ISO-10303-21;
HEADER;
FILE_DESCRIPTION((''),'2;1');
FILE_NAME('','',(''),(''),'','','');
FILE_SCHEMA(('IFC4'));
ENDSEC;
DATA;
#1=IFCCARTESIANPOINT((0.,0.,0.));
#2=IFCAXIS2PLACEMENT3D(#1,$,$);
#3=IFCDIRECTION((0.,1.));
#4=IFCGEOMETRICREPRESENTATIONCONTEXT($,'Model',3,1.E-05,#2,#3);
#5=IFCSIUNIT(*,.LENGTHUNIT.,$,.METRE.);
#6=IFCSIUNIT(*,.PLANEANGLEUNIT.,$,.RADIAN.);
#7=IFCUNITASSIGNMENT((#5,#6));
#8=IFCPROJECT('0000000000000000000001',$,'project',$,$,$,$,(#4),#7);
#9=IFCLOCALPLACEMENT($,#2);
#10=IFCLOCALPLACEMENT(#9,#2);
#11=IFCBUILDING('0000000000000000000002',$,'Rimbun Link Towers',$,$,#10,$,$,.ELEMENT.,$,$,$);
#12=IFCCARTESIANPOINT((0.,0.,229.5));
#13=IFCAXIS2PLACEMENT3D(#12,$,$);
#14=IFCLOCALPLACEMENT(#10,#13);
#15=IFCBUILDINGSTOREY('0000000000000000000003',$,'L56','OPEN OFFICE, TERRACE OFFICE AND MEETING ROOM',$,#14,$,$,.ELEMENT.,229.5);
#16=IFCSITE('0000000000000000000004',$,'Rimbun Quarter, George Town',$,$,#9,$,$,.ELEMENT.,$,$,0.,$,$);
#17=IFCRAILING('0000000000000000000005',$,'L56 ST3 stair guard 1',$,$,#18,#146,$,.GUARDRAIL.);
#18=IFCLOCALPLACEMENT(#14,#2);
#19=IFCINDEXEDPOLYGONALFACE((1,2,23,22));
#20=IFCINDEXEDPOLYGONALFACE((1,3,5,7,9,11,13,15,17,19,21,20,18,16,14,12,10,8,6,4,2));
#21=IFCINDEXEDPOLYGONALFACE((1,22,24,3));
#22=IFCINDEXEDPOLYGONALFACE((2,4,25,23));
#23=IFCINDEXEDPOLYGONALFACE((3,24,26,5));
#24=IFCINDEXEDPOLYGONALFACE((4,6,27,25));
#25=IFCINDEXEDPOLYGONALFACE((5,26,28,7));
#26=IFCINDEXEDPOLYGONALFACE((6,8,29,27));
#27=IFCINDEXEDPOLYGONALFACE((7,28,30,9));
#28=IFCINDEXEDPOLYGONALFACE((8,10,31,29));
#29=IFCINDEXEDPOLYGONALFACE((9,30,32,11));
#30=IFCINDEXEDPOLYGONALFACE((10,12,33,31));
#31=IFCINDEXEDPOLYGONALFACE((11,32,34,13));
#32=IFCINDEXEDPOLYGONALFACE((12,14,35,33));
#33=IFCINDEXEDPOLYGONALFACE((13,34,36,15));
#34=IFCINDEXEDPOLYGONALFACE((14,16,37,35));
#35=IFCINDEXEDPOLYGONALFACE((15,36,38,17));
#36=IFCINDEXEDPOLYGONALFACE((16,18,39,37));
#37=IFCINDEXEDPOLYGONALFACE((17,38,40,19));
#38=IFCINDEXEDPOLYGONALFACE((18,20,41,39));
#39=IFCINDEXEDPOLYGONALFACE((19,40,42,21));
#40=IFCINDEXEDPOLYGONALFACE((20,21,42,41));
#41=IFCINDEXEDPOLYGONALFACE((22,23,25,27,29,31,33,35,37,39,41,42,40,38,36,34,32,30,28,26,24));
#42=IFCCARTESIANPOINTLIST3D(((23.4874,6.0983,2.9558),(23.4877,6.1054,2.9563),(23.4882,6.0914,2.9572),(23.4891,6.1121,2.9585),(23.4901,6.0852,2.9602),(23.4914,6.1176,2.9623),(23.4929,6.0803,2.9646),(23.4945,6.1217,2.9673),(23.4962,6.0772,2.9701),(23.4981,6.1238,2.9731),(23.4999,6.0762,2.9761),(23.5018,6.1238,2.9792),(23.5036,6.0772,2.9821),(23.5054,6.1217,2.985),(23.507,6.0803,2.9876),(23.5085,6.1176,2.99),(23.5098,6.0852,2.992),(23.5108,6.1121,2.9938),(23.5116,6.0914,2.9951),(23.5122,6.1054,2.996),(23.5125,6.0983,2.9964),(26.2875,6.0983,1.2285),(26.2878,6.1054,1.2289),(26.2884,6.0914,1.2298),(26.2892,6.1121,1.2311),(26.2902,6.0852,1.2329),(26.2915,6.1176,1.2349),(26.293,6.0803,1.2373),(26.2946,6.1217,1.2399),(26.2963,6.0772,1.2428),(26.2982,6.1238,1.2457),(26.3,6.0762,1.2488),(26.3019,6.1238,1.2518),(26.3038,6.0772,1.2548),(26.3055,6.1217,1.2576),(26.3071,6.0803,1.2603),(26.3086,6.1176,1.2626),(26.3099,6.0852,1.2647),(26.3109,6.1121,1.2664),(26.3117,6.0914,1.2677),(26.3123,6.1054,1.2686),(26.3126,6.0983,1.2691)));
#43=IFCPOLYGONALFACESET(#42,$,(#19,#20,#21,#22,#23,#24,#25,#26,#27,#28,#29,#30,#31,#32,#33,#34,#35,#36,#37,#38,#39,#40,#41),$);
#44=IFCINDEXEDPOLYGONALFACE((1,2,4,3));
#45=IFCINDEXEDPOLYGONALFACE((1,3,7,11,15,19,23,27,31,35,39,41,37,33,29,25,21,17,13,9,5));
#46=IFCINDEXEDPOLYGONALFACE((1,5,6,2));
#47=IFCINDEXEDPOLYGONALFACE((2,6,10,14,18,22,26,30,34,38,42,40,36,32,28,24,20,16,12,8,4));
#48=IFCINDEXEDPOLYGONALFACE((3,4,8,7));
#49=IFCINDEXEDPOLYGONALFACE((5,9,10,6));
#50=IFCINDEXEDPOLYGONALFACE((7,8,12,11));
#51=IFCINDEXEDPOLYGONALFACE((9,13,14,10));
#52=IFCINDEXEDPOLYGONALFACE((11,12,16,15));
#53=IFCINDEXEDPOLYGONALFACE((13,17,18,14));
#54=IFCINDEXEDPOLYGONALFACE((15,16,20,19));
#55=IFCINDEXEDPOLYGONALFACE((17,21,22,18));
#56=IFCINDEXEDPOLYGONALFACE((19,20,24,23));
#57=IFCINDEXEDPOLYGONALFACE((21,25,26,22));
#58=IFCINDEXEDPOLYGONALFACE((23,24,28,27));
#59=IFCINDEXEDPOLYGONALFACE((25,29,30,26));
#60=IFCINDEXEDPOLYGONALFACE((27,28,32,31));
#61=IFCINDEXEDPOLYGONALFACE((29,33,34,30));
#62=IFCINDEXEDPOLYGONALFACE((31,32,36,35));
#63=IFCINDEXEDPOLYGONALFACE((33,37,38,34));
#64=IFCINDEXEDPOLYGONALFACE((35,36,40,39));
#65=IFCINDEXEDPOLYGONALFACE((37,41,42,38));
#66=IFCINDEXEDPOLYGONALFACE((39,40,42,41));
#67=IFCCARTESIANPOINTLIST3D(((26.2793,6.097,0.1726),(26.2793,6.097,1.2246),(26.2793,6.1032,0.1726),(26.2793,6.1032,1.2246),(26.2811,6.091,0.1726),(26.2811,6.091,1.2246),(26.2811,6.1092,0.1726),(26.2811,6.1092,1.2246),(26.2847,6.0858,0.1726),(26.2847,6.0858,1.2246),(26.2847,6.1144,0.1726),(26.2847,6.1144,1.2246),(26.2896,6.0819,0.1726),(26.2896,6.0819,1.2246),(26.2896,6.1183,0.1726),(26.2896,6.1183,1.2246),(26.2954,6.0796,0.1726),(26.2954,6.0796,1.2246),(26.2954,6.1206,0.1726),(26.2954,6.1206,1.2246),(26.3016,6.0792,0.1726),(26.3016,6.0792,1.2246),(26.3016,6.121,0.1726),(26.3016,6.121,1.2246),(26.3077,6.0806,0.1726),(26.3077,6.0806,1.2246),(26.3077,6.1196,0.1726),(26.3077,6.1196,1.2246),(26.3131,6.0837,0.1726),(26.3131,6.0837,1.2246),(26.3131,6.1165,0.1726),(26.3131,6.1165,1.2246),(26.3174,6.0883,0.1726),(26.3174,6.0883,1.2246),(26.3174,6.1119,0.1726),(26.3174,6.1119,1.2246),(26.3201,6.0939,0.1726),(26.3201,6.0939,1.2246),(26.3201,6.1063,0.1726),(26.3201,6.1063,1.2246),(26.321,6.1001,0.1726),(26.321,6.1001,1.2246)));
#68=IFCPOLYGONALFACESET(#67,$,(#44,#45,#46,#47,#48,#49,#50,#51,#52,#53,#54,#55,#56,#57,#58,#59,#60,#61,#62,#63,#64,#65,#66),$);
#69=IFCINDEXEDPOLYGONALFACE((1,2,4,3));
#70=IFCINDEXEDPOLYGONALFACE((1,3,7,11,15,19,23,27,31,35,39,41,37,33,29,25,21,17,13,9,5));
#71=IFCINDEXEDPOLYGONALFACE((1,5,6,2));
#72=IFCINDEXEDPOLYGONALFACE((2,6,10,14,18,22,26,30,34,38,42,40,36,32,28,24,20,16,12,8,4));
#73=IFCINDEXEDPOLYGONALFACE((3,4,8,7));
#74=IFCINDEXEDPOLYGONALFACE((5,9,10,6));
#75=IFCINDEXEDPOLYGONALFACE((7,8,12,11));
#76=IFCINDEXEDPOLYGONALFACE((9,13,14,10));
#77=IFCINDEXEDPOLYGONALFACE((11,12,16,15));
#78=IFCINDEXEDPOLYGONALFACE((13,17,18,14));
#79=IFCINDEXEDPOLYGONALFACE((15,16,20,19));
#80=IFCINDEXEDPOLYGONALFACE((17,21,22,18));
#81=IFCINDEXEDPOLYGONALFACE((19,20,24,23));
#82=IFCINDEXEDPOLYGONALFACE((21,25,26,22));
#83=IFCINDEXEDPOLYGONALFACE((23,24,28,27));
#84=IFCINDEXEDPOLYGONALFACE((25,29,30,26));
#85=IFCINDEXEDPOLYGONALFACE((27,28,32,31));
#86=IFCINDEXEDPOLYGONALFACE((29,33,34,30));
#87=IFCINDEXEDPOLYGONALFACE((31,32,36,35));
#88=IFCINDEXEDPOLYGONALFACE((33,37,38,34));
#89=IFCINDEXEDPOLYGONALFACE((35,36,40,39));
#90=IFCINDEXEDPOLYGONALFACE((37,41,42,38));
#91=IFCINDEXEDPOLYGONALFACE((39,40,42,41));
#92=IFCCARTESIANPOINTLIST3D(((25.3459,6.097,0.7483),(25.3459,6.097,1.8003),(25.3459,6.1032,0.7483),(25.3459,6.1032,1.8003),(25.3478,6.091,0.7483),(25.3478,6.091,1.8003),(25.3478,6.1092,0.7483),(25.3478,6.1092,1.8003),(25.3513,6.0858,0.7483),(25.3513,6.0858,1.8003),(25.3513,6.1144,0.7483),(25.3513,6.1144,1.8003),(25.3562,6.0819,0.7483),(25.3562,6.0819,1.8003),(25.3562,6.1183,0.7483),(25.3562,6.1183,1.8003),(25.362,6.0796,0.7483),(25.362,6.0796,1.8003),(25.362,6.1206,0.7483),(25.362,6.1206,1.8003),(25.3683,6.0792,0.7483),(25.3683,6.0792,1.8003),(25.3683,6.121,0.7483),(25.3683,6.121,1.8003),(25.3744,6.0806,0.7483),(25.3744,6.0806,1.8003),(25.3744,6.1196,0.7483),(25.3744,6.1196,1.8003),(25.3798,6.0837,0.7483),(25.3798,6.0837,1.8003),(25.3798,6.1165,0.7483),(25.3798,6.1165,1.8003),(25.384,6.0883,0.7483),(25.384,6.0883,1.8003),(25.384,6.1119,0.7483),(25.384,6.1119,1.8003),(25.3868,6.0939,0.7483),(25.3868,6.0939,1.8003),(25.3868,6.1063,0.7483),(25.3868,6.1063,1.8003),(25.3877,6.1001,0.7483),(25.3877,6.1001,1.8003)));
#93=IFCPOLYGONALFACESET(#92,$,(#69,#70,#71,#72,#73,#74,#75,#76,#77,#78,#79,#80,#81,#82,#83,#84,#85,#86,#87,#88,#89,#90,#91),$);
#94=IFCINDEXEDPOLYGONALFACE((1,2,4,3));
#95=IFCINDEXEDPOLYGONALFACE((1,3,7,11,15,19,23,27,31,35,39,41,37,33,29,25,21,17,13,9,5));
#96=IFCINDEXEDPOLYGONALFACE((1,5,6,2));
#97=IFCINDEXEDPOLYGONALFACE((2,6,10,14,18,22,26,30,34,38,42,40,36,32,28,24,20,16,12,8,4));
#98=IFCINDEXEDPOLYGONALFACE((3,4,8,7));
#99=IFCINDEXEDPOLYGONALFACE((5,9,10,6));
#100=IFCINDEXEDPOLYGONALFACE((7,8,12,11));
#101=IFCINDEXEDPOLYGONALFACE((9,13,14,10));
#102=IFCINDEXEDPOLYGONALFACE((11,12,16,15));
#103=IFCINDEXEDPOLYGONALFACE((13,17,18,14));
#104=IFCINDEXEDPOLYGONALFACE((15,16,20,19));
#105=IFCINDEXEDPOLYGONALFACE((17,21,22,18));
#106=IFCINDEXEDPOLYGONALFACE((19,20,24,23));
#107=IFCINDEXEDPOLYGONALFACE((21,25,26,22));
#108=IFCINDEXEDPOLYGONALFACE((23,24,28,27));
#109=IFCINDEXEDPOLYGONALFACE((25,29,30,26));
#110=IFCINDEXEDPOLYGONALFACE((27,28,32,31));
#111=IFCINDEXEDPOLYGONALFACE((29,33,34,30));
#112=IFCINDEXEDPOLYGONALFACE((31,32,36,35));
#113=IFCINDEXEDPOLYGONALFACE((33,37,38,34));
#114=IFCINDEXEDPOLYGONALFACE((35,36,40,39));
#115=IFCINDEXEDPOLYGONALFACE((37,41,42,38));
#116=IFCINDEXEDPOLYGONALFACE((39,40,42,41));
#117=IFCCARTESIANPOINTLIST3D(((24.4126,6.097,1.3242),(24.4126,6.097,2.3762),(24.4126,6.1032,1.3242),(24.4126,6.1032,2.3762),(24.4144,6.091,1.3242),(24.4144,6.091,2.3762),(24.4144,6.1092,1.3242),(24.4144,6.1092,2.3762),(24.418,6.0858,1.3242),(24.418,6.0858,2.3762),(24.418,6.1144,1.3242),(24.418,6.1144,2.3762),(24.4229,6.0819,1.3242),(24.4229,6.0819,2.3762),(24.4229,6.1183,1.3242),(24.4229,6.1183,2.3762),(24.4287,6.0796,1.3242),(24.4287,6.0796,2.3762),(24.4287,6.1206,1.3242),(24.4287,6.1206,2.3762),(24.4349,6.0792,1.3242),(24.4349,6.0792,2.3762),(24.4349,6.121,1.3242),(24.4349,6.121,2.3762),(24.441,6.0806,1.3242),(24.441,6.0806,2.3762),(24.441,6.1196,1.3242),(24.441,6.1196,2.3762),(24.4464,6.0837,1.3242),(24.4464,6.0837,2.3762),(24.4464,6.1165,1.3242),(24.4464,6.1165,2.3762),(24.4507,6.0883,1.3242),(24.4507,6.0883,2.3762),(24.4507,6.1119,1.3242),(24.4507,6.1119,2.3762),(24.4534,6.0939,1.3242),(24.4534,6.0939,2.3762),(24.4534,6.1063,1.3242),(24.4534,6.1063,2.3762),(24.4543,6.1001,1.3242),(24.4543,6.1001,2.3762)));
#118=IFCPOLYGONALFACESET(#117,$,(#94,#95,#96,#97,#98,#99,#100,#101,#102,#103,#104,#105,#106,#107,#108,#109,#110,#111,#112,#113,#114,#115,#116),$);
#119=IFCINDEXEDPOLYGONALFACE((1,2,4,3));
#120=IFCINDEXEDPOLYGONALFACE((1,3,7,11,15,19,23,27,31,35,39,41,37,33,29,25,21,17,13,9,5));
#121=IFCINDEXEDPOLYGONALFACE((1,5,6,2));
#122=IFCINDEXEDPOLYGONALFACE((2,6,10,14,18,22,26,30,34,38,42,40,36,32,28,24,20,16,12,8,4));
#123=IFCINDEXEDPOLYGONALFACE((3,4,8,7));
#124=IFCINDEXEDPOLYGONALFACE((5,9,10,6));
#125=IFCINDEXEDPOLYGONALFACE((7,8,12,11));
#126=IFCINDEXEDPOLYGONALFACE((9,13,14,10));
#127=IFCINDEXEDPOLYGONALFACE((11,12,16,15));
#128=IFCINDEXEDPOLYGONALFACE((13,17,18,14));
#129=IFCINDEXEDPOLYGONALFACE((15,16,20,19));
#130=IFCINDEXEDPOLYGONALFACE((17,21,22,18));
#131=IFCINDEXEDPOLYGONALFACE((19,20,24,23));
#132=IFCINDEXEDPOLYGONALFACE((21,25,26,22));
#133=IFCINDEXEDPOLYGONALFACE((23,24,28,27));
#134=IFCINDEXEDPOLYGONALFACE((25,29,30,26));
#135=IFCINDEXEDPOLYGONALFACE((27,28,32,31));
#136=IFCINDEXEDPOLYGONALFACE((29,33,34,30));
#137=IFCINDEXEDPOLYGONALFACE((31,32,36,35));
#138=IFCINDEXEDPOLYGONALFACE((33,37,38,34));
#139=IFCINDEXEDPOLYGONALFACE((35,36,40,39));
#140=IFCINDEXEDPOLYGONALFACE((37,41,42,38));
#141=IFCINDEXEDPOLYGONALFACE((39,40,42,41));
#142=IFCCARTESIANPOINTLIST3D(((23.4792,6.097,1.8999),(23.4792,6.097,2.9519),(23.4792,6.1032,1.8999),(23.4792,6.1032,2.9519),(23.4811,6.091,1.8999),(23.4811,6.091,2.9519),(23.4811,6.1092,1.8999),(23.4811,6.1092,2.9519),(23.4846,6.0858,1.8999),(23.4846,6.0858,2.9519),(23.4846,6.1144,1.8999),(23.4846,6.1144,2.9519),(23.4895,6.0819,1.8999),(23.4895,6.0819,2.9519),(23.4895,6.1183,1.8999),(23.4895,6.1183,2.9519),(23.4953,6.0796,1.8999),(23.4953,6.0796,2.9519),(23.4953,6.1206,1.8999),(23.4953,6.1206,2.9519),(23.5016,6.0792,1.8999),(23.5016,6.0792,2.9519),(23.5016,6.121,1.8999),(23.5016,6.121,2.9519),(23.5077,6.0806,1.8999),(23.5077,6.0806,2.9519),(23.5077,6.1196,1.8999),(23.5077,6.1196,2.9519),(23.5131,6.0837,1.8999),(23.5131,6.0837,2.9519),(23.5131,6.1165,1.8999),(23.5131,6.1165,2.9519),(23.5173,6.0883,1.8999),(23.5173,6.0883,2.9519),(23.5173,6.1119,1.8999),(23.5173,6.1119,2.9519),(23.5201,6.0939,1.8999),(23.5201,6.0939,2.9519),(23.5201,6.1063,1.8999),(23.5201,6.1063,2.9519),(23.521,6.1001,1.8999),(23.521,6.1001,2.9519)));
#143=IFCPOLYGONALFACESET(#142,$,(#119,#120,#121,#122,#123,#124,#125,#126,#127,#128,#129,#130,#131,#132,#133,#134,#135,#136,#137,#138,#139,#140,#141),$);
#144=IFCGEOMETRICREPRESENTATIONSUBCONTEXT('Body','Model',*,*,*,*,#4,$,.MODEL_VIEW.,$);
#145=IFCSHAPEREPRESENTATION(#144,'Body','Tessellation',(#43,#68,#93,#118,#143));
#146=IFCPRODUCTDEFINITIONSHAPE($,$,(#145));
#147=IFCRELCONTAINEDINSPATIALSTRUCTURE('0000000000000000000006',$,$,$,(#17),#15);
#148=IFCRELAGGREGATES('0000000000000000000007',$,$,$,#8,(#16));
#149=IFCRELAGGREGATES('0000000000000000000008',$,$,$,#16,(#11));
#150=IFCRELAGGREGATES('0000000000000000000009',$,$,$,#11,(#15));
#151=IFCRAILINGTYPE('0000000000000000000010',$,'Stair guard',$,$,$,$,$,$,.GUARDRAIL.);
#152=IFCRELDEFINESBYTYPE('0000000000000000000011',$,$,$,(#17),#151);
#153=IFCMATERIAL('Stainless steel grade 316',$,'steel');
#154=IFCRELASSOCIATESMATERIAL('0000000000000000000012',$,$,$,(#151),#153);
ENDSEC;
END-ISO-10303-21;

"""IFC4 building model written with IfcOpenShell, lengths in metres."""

from ifc_helpers import new_model, si_unit, direction, frame, origin, origin_2d, place, context, subcontext, project, spatial, circle, extrude, material, type_object, element, save


model = new_model("IFC4")

# Units and contexts
model_context = context("Model", 3, precision=1e-05, world=origin(), true_north=direction((0.0, 1.0)))
body_context = subcontext(model_context, "Body", "Model", "MODEL_VIEW")
ifc_project = project(units=[si_unit("LENGTHUNIT", "METRE"), si_unit("PLANEANGLEUNIT", "RADIAN")], contexts=[model_context])

# Site, building, storey
site_placement = place(None, origin())
site = spatial("IfcSite", under=ifc_project, at=site_placement, Name="Rimbun Quarter, George Town", CompositionType="ELEMENT", RefElevation=0.0)
building_placement = place(site_placement, origin())
building = spatial("IfcBuilding", under=site, at=building_placement, Name="Rimbun Link Towers", CompositionType="ELEMENT")
storey_placement = place(building_placement, frame((0.0, 0.0, 229.5)))
storey = spatial("IfcBuildingStorey", under=building, at=storey_placement, Name="L56", Description="OPEN OFFICE, TERRACE OFFICE AND MEETING ROOM", CompositionType="ELEMENT", Elevation=229.5)

# Railing
ifc_material_1 = material(Name="Stainless steel grade 316", Category="steel")
railing_type_1 = type_object("IfcRailingType", Name="Stair guard", PredefinedType="GUARDRAIL", material=ifc_material_1)
railing_1_placement = place(storey_placement, frame((26.3, 6.1001, 0.1726)))
element("IfcRailing", 1, at=railing_1_placement, inside=storey, type_object=railing_type_1, Name="L56 ST3 stair guard 1", PredefinedType="GUARDRAIL", context=body_context, shape_type="SweptSolid", body=[
    extrude(circle(Radius=0.0239, at=origin_2d()), frame((0.0, 0.0, 1.0762), z_axis=(-0.85109, 0.0, 0.52502), x_axis=(0.0, -1.0, 0.0)), (0.0, 0.0, 1.0), 3.29),
    extrude(circle(Radius=0.021, at=origin_2d()), origin(), (0.0, 0.0, 1.0), 1.052),
    extrude(circle(Radius=0.021, at=origin_2d()), frame((-0.9333, 0.0, 0.5757)), (0.0, 0.0, 1.0), 1.052),
    extrude(circle(Radius=0.021, at=origin_2d()), frame((-1.8667, 0.0, 1.1516)), (0.0, 0.0, 1.0), 1.052),
    extrude(circle(Radius=0.021, at=origin_2d()), frame((-2.8, 0.0, 1.7273)), (0.0, 0.0, 1.0), 1.052),
])

save(model, "model.ifc")
